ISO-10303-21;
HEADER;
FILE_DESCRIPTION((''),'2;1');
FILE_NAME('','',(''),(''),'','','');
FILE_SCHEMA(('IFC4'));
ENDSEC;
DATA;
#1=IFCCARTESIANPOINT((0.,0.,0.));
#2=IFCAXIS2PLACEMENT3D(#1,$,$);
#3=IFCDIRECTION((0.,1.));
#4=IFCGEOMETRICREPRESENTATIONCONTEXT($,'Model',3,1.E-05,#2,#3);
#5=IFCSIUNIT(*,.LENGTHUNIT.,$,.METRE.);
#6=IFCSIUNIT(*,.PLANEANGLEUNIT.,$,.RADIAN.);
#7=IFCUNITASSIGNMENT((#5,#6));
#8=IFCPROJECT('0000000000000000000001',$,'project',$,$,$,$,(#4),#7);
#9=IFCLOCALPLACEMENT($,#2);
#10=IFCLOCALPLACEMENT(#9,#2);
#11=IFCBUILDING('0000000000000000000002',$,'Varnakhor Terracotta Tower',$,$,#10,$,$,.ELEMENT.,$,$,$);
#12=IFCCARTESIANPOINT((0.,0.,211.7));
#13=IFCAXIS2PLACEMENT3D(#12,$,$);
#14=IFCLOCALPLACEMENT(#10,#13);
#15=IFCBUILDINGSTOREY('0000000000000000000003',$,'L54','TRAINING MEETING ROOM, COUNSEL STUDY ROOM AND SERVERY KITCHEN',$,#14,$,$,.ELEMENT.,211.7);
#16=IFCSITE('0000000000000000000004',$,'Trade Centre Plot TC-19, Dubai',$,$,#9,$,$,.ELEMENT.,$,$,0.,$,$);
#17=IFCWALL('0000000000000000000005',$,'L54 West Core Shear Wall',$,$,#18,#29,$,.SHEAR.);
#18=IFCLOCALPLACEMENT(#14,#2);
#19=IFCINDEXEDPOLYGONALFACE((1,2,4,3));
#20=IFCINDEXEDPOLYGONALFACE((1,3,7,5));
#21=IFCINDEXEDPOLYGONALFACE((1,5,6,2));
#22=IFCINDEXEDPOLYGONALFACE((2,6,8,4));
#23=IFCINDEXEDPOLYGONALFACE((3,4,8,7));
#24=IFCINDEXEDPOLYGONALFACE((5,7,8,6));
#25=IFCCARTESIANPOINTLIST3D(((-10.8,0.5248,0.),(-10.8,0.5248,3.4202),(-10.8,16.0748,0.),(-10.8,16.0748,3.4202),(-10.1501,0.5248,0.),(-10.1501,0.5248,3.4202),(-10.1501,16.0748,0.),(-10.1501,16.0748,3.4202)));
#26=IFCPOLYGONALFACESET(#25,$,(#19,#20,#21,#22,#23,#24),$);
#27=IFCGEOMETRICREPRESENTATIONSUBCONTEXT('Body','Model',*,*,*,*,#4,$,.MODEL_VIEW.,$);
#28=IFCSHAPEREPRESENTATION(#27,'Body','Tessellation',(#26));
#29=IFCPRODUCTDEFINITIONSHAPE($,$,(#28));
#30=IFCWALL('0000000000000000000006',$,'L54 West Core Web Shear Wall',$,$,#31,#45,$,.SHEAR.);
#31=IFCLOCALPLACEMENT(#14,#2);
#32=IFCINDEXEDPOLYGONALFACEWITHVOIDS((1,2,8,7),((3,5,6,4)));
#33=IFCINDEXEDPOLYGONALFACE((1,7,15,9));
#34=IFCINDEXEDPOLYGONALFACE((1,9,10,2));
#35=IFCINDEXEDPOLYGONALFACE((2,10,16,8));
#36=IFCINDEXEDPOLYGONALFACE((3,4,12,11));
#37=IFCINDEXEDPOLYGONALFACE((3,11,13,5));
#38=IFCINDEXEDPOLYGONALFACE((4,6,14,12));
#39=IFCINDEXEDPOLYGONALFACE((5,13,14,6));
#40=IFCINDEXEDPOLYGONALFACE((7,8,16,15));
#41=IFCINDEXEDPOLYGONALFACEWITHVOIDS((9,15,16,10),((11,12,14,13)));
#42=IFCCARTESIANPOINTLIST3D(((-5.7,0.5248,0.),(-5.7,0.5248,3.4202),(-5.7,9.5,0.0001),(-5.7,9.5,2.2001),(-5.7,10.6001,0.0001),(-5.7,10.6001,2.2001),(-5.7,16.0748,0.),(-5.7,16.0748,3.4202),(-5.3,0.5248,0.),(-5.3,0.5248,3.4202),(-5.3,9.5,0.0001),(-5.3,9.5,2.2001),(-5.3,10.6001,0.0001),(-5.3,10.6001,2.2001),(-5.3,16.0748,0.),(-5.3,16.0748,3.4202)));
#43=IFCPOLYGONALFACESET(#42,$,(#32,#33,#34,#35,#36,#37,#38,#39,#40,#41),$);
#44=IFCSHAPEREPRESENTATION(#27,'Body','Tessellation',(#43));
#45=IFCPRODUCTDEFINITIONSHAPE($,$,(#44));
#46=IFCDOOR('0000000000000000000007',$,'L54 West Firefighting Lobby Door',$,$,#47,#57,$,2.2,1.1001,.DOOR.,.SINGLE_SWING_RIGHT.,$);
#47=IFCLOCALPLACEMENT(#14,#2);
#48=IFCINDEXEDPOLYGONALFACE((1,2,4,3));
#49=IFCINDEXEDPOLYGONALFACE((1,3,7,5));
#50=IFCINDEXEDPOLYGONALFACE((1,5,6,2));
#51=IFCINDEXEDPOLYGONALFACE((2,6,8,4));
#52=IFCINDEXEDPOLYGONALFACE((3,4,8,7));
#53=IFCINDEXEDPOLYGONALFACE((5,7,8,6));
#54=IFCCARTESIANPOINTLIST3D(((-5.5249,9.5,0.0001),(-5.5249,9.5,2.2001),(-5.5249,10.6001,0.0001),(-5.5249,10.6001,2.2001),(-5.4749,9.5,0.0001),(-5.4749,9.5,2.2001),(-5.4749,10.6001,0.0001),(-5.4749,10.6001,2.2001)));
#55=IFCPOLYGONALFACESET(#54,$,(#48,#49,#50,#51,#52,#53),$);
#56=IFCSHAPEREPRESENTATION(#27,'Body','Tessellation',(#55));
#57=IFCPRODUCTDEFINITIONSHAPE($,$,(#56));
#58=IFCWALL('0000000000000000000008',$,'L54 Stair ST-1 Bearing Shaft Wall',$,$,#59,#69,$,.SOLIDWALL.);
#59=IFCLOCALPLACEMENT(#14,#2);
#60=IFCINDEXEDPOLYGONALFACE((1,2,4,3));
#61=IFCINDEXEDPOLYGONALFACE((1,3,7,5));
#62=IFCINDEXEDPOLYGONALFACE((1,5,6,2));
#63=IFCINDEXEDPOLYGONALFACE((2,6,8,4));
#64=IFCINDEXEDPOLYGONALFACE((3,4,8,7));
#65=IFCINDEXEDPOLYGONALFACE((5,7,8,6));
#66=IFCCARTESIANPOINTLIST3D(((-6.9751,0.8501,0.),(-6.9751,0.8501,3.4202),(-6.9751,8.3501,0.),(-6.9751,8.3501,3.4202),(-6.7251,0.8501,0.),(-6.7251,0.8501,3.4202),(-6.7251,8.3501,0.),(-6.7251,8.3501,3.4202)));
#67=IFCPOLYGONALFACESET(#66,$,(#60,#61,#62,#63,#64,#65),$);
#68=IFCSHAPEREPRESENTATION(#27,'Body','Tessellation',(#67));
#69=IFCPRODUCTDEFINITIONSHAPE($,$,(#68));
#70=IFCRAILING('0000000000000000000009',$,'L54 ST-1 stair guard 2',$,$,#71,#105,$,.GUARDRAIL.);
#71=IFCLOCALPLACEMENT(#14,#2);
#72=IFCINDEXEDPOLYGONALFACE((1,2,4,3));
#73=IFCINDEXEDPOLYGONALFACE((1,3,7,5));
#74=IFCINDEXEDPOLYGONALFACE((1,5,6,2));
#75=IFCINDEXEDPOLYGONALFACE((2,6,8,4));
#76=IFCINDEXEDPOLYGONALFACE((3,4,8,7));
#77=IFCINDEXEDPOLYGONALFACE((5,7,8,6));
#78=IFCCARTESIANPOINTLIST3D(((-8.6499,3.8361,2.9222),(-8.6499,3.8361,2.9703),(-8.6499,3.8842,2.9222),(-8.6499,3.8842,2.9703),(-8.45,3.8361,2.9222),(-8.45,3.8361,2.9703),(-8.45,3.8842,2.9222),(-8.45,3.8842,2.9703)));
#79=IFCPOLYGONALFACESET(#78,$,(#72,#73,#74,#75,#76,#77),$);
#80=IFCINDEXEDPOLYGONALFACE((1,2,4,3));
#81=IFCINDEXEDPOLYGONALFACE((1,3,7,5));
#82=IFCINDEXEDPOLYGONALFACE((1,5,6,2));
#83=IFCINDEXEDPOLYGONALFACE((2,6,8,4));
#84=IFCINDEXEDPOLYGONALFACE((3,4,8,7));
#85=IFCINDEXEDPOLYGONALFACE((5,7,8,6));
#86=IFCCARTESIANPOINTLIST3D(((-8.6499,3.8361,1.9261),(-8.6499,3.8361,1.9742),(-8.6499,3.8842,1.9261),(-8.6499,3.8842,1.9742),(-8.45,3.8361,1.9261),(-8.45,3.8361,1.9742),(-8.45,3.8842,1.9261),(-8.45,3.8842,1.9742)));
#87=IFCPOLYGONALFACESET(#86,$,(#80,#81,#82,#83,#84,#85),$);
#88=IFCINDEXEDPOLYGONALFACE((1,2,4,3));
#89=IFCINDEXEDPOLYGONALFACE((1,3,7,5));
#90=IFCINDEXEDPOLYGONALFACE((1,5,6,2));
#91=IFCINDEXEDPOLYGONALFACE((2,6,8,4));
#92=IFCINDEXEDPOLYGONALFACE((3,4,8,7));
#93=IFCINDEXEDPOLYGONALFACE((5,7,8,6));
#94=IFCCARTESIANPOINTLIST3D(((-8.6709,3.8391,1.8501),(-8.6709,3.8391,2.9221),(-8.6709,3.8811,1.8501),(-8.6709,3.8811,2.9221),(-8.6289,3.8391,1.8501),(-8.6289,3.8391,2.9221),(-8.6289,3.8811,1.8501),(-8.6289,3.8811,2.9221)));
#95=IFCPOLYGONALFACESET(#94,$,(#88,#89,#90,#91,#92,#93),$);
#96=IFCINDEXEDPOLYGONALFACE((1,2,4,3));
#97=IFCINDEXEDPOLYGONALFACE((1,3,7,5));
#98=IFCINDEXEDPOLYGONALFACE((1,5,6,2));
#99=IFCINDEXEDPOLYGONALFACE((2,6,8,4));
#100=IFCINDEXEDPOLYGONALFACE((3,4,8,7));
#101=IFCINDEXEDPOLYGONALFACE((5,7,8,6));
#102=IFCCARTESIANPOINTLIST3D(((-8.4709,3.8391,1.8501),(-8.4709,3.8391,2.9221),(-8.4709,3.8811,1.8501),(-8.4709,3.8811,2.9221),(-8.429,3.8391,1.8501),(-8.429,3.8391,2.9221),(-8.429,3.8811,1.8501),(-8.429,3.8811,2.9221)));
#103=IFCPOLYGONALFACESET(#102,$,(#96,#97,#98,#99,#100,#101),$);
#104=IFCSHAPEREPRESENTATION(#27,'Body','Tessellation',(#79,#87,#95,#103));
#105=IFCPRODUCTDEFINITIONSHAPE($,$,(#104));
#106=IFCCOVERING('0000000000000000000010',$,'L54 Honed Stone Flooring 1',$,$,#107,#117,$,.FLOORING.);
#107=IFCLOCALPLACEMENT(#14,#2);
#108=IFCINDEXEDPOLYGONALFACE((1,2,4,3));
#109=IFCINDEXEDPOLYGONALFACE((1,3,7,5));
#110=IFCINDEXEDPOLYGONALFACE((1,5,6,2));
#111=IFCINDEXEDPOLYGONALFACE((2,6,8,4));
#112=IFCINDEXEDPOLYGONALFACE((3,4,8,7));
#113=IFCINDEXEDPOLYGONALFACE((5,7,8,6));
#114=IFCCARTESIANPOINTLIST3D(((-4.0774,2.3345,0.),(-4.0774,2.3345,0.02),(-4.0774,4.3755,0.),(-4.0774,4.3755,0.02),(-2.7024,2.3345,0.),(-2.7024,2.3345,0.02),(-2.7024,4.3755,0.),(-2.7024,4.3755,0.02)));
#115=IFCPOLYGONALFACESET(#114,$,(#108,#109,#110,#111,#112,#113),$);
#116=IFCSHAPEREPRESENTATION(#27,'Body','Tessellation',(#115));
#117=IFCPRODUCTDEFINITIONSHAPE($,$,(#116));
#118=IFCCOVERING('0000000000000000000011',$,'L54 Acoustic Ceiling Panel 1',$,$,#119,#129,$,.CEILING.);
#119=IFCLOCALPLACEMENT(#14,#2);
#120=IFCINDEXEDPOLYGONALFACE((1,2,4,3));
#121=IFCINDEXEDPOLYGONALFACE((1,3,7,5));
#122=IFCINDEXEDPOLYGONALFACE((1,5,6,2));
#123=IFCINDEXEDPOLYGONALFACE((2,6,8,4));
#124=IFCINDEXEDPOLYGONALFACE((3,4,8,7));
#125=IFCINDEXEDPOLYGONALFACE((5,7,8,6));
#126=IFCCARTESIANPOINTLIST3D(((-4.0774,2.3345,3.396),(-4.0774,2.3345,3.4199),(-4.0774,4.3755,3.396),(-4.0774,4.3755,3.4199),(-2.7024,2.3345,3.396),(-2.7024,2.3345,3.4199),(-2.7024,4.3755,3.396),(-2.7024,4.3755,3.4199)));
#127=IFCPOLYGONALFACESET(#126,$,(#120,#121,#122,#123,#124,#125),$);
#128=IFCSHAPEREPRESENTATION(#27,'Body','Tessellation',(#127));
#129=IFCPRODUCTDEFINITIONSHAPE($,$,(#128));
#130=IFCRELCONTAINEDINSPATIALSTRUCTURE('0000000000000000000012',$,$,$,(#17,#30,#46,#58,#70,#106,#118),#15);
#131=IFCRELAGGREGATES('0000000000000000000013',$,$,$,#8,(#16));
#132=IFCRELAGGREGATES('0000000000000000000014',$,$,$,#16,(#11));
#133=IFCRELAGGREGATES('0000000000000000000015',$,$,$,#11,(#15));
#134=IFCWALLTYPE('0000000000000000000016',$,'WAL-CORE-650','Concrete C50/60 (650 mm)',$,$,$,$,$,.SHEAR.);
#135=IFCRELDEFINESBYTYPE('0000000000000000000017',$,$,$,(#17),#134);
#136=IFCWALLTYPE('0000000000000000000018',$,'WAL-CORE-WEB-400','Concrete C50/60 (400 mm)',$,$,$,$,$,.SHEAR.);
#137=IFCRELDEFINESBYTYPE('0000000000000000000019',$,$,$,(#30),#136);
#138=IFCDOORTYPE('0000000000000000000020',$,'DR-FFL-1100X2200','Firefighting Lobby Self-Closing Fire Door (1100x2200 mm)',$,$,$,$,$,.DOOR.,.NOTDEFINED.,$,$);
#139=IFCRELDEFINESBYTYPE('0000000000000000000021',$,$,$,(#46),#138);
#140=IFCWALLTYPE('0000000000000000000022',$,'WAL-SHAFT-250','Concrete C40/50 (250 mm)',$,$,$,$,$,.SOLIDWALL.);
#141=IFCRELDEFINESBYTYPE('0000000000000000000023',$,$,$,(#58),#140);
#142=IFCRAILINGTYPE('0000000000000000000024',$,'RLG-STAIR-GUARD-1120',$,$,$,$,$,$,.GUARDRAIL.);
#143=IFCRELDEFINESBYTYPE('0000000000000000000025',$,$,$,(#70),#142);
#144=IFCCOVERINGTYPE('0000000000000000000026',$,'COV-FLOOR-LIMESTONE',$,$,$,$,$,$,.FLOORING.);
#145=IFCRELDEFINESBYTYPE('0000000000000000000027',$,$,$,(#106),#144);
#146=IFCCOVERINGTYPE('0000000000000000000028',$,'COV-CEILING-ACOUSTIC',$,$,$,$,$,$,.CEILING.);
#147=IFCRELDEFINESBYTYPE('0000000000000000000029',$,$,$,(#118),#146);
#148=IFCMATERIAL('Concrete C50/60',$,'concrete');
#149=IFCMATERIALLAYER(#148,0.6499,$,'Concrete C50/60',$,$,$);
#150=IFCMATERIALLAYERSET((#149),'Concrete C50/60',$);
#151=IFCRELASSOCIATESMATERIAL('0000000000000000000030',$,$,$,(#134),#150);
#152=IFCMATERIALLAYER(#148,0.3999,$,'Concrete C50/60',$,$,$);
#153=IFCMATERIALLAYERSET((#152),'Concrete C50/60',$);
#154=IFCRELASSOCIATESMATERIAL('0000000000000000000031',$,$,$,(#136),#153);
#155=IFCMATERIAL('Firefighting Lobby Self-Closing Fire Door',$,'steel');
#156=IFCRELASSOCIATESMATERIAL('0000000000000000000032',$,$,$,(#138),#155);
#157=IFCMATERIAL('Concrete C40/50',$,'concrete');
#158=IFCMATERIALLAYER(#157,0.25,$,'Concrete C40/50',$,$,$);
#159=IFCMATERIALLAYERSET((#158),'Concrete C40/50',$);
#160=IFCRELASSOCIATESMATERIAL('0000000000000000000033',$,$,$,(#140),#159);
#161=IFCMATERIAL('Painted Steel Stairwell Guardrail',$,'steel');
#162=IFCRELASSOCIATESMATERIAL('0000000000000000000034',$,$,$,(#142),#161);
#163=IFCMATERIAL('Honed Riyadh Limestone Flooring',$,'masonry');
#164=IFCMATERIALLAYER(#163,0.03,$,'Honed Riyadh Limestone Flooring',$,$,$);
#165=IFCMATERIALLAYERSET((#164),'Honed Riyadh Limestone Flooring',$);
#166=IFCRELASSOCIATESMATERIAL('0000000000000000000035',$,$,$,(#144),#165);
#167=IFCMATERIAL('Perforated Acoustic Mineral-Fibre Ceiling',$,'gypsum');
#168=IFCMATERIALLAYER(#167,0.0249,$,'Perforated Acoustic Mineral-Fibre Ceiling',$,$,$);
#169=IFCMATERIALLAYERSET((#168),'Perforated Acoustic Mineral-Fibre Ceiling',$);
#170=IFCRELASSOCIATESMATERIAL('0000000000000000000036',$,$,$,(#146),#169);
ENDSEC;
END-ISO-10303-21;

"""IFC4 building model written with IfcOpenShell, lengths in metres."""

from ifc_helpers import new_model, si_unit, direction, frame, frame_2d, origin, origin_2d, place, context, subcontext, project, spatial, rectangle, extrude, source, transform, mapped, material, layer, layer_set, type_object, type_shapes, element, fill, save


model = new_model("IFC4")

# Units and contexts
model_context = context("Model", 3, precision=1e-05, world=origin(), true_north=direction((0.0, 1.0)))
body_context = subcontext(model_context, "Body", "Model", "MODEL_VIEW")
ifc_project = project(units=[si_unit("LENGTHUNIT", "METRE"), si_unit("PLANEANGLEUNIT", "RADIAN")], contexts=[model_context])

# Site, building, storey
site_placement = place(None, origin())
site = spatial("IfcSite", under=ifc_project, at=site_placement, Name="Trade Centre Plot TC-19, Dubai", CompositionType="ELEMENT", RefElevation=0.0)
building_placement = place(site_placement, origin())
building = spatial("IfcBuilding", under=site, at=building_placement, Name="Varnakhor Terracotta Tower", CompositionType="ELEMENT")
storey_placement = place(building_placement, frame((0.0, 0.0, 211.7)))
storey = spatial("IfcBuildingStorey", under=building, at=storey_placement, Name="L54", Description="TRAINING MEETING ROOM, COUNSEL STUDY ROOM AND SERVERY KITCHEN", CompositionType="ELEMENT", Elevation=211.7)

# Shared definitions
ifc_material_1 = material(Name="Concrete C50/60", Category="concrete")

# Wall
ifc_layer_1 = layer(ifc_material_1, 0.6499, Name="Concrete C50/60")
ifc_layer_set_1 = layer_set([ifc_layer_1], Name="Concrete C50/60")
wall_type_1 = type_object("IfcWallType", Name="WAL-CORE-650", Description="Concrete C50/60 (650 mm)", PredefinedType="SHEAR", material=ifc_layer_set_1)
wall_1_placement = place(storey_placement, frame((-10.4751, 0.5249, 0.0), z_axis=(0.0, 0.0, 1.0), x_axis=(0.0, 1.0, 0.0)))
element("IfcWall", 1, at=wall_1_placement, inside=storey, type_object=wall_type_1, Name="L54 West Core Shear Wall", PredefinedType="SHEAR", context=body_context, shape_type="SweptSolid", body=[
    extrude(rectangle(XDim=15.55, YDim=0.6499, at=frame_2d((7.7749, 0.0))), origin(), (0.0, 0.0, 1.0), 3.4202),
])

# Wall, opening, door
ifc_layer_2 = layer(ifc_material_1, 0.3999, Name="Concrete C50/60")
ifc_layer_set_2 = layer_set([ifc_layer_2], Name="Concrete C50/60")
wall_type_2 = type_object("IfcWallType", Name="WAL-CORE-WEB-400", Description="Concrete C50/60 (400 mm)", PredefinedType="SHEAR", material=ifc_layer_set_2)
wall_2_placement = place(storey_placement, frame((-5.5, 0.5249, 0.0), z_axis=(0.0, 0.0, 1.0), x_axis=(0.0, 1.0, 0.0)))
wall_2 = element("IfcWall", 2, at=wall_2_placement, inside=storey, type_object=wall_type_2, Name="L54 West Core Web Shear Wall", PredefinedType="SHEAR", context=body_context, shape_type="SweptSolid", body=[
    extrude(rectangle(XDim=15.55, YDim=0.3999, at=frame_2d((7.7749, 0.0))), origin(), (0.0, 0.0, 1.0), 3.4202),
])
opening_placement = place(wall_2_placement, frame((8.9751, 0.0, 0.0)))
opening = element("IfcOpeningElement", 3, at=opening_placement, cuts=wall_2, PredefinedType="OPENING", context=body_context, shape_type="SweptSolid", body=[
    extrude(rectangle(XDim=1.1001, YDim=2.2, at=frame_2d((0.55, 1.1001))), frame((0.0, 0.21, 0.0), z_axis=(0.0, -1.0, 0.0), x_axis=(1.0, 0.0, 0.0)), (0.0, 0.0, 1.0), 0.4199),
])
ifc_material_2 = material(Name="Firefighting Lobby Self-Closing Fire Door", Category="steel")
door_type = type_object("IfcDoorType", Name="DR-FFL-1100X2200", Description="Firefighting Lobby Self-Closing Fire Door (1100x2200 mm)", OperationType="NOTDEFINED", PredefinedType="DOOR", material=ifc_material_2)
shared_shape_1 = source(origin(), body_context, "Body", "SweptSolid", [
    extrude(rectangle(XDim=1.1001, YDim=2.2, at=frame_2d((0.55, 1.1001))), frame((0.0, 0.0249, 0.0), z_axis=(0.0, -1.0, 0.0), x_axis=(1.0, 0.0, 0.0)), (0.0, 0.0, 1.0), 0.05),
])
type_shapes(door_type, [shared_shape_1])
door_placement = place(opening_placement, origin())
door = element("IfcDoor", 4, at=door_placement, inside=storey, type_object=door_type, Name="L54 West Firefighting Lobby Door", OperationType="SINGLE_SWING_RIGHT", OverallHeight=2.2, OverallWidth=1.1001, PredefinedType="DOOR", context=body_context, shape_type="MappedRepresentation", body=[
    mapped(shared_shape_1, transform((0.0, 0.0, 0.0), scale=1.0)),
])
fill(opening, door)

# Wall
ifc_material_3 = material(Name="Concrete C40/50", Category="concrete")
ifc_layer_3 = layer(ifc_material_3, 0.25, Name="Concrete C40/50")
ifc_layer_set_3 = layer_set([ifc_layer_3], Name="Concrete C40/50")
wall_type_3 = type_object("IfcWallType", Name="WAL-SHAFT-250", Description="Concrete C40/50 (250 mm)", PredefinedType="SOLIDWALL", material=ifc_layer_set_3)
wall_3_placement = place(storey_placement, frame((-6.8501, 0.8501, 0.0), z_axis=(0.0, 0.0, 1.0), x_axis=(0.0, 1.0, 0.0)))
element("IfcWall", 5, at=wall_3_placement, inside=storey, type_object=wall_type_3, Name="L54 Stair ST-1 Bearing Shaft Wall", PredefinedType="SOLIDWALL", context=body_context, shape_type="SweptSolid", body=[
    extrude(rectangle(XDim=7.5, YDim=0.25, at=frame_2d((3.75, 0.0))), origin(), (0.0, 0.0, 1.0), 3.4202),
])

# Railing
ifc_material_4 = material(Name="Painted Steel Stairwell Guardrail", Category="steel")
railing_type = type_object("IfcRailingType", Name="RLG-STAIR-GUARD-1120", PredefinedType="GUARDRAIL", material=ifc_material_4)
railing_placement = place(storey_placement, frame((-8.6499, 3.8601, 1.8501)))
element("IfcRailing", 6, at=railing_placement, inside=storey, type_object=railing_type, Name="L54 ST-1 stair guard 2", PredefinedType="GUARDRAIL", context=body_context, shape_type="SweptSolid", body=[
    extrude(rectangle(XDim=0.0481, YDim=0.0481, at=origin_2d()), frame((0.0, 0.0, 1.0962), z_axis=(1.0, 0.0, 0.0), x_axis=(0.0, 1.0, 0.0)), (0.0, 0.0, 1.0), 0.2),
    extrude(rectangle(XDim=0.0481, YDim=0.0481, at=origin_2d()), frame((0.0, 0.0, 0.1001), z_axis=(1.0, 0.0, 0.0), x_axis=(0.0, 1.0, 0.0)), (0.0, 0.0, 1.0), 0.2),
    extrude(rectangle(XDim=0.042, YDim=0.042, at=origin_2d()), origin(), (0.0, 0.0, 1.0), 1.072),
    extrude(rectangle(XDim=0.042, YDim=0.042, at=origin_2d()), frame((0.2, 0.0, 0.0)), (0.0, 0.0, 1.0), 1.072),
])

# Coverings
ifc_material_5 = material(Name="Honed Riyadh Limestone Flooring", Category="masonry")
ifc_layer_4 = layer(ifc_material_5, 0.03, Name="Honed Riyadh Limestone Flooring")
ifc_layer_set_4 = layer_set([ifc_layer_4], Name="Honed Riyadh Limestone Flooring")
covering_type_1 = type_object("IfcCoveringType", Name="COV-FLOOR-LIMESTONE", PredefinedType="FLOORING", material=ifc_layer_set_4)
shared_shape_2 = source(origin(), body_context, "Body", "SweptSolid", [
    extrude(rectangle(XDim=1.375, YDim=2.041, at=origin_2d()), origin(), (0.0, 0.0, 1.0), 0.02),
])
covering_1_placement = place(storey_placement, frame((-3.3899, 3.355, 0.0), z_axis=(0.0, 0.0, 1.0), x_axis=(1.0, 0.0, 0.0)))
element("IfcCovering", 7, at=covering_1_placement, inside=storey, type_object=covering_type_1, Name="L54 Honed Stone Flooring 1", PredefinedType="FLOORING", context=body_context, shape_type="MappedRepresentation", body=[
    mapped(shared_shape_2, transform((0.0, 0.0, 0.0), scale=1.0)),
])
ifc_material_6 = material(Name="Perforated Acoustic Mineral-Fibre Ceiling", Category="gypsum")
ifc_layer_5 = layer(ifc_material_6, 0.0249, Name="Perforated Acoustic Mineral-Fibre Ceiling")
ifc_layer_set_5 = layer_set([ifc_layer_5], Name="Perforated Acoustic Mineral-Fibre Ceiling")
covering_type_2 = type_object("IfcCoveringType", Name="COV-CEILING-ACOUSTIC", PredefinedType="CEILING", material=ifc_layer_set_5)
shared_shape_3 = source(origin(), body_context, "Body", "SweptSolid", [
    extrude(rectangle(XDim=1.375, YDim=2.041, at=origin_2d()), origin(), (0.0, 0.0, 1.0), 0.0239),
])
covering_2_placement = place(storey_placement, frame((-3.3899, 3.355, 3.396), z_axis=(0.0, 0.0, 1.0), x_axis=(1.0, 0.0, 0.0)))
element("IfcCovering", 8, at=covering_2_placement, inside=storey, type_object=covering_type_2, Name="L54 Acoustic Ceiling Panel 1", PredefinedType="CEILING", context=body_context, shape_type="MappedRepresentation", body=[
    mapped(shared_shape_3, transform((0.0, 0.0, 0.0), scale=1.0)),
])

save(model, "model.ifc")
